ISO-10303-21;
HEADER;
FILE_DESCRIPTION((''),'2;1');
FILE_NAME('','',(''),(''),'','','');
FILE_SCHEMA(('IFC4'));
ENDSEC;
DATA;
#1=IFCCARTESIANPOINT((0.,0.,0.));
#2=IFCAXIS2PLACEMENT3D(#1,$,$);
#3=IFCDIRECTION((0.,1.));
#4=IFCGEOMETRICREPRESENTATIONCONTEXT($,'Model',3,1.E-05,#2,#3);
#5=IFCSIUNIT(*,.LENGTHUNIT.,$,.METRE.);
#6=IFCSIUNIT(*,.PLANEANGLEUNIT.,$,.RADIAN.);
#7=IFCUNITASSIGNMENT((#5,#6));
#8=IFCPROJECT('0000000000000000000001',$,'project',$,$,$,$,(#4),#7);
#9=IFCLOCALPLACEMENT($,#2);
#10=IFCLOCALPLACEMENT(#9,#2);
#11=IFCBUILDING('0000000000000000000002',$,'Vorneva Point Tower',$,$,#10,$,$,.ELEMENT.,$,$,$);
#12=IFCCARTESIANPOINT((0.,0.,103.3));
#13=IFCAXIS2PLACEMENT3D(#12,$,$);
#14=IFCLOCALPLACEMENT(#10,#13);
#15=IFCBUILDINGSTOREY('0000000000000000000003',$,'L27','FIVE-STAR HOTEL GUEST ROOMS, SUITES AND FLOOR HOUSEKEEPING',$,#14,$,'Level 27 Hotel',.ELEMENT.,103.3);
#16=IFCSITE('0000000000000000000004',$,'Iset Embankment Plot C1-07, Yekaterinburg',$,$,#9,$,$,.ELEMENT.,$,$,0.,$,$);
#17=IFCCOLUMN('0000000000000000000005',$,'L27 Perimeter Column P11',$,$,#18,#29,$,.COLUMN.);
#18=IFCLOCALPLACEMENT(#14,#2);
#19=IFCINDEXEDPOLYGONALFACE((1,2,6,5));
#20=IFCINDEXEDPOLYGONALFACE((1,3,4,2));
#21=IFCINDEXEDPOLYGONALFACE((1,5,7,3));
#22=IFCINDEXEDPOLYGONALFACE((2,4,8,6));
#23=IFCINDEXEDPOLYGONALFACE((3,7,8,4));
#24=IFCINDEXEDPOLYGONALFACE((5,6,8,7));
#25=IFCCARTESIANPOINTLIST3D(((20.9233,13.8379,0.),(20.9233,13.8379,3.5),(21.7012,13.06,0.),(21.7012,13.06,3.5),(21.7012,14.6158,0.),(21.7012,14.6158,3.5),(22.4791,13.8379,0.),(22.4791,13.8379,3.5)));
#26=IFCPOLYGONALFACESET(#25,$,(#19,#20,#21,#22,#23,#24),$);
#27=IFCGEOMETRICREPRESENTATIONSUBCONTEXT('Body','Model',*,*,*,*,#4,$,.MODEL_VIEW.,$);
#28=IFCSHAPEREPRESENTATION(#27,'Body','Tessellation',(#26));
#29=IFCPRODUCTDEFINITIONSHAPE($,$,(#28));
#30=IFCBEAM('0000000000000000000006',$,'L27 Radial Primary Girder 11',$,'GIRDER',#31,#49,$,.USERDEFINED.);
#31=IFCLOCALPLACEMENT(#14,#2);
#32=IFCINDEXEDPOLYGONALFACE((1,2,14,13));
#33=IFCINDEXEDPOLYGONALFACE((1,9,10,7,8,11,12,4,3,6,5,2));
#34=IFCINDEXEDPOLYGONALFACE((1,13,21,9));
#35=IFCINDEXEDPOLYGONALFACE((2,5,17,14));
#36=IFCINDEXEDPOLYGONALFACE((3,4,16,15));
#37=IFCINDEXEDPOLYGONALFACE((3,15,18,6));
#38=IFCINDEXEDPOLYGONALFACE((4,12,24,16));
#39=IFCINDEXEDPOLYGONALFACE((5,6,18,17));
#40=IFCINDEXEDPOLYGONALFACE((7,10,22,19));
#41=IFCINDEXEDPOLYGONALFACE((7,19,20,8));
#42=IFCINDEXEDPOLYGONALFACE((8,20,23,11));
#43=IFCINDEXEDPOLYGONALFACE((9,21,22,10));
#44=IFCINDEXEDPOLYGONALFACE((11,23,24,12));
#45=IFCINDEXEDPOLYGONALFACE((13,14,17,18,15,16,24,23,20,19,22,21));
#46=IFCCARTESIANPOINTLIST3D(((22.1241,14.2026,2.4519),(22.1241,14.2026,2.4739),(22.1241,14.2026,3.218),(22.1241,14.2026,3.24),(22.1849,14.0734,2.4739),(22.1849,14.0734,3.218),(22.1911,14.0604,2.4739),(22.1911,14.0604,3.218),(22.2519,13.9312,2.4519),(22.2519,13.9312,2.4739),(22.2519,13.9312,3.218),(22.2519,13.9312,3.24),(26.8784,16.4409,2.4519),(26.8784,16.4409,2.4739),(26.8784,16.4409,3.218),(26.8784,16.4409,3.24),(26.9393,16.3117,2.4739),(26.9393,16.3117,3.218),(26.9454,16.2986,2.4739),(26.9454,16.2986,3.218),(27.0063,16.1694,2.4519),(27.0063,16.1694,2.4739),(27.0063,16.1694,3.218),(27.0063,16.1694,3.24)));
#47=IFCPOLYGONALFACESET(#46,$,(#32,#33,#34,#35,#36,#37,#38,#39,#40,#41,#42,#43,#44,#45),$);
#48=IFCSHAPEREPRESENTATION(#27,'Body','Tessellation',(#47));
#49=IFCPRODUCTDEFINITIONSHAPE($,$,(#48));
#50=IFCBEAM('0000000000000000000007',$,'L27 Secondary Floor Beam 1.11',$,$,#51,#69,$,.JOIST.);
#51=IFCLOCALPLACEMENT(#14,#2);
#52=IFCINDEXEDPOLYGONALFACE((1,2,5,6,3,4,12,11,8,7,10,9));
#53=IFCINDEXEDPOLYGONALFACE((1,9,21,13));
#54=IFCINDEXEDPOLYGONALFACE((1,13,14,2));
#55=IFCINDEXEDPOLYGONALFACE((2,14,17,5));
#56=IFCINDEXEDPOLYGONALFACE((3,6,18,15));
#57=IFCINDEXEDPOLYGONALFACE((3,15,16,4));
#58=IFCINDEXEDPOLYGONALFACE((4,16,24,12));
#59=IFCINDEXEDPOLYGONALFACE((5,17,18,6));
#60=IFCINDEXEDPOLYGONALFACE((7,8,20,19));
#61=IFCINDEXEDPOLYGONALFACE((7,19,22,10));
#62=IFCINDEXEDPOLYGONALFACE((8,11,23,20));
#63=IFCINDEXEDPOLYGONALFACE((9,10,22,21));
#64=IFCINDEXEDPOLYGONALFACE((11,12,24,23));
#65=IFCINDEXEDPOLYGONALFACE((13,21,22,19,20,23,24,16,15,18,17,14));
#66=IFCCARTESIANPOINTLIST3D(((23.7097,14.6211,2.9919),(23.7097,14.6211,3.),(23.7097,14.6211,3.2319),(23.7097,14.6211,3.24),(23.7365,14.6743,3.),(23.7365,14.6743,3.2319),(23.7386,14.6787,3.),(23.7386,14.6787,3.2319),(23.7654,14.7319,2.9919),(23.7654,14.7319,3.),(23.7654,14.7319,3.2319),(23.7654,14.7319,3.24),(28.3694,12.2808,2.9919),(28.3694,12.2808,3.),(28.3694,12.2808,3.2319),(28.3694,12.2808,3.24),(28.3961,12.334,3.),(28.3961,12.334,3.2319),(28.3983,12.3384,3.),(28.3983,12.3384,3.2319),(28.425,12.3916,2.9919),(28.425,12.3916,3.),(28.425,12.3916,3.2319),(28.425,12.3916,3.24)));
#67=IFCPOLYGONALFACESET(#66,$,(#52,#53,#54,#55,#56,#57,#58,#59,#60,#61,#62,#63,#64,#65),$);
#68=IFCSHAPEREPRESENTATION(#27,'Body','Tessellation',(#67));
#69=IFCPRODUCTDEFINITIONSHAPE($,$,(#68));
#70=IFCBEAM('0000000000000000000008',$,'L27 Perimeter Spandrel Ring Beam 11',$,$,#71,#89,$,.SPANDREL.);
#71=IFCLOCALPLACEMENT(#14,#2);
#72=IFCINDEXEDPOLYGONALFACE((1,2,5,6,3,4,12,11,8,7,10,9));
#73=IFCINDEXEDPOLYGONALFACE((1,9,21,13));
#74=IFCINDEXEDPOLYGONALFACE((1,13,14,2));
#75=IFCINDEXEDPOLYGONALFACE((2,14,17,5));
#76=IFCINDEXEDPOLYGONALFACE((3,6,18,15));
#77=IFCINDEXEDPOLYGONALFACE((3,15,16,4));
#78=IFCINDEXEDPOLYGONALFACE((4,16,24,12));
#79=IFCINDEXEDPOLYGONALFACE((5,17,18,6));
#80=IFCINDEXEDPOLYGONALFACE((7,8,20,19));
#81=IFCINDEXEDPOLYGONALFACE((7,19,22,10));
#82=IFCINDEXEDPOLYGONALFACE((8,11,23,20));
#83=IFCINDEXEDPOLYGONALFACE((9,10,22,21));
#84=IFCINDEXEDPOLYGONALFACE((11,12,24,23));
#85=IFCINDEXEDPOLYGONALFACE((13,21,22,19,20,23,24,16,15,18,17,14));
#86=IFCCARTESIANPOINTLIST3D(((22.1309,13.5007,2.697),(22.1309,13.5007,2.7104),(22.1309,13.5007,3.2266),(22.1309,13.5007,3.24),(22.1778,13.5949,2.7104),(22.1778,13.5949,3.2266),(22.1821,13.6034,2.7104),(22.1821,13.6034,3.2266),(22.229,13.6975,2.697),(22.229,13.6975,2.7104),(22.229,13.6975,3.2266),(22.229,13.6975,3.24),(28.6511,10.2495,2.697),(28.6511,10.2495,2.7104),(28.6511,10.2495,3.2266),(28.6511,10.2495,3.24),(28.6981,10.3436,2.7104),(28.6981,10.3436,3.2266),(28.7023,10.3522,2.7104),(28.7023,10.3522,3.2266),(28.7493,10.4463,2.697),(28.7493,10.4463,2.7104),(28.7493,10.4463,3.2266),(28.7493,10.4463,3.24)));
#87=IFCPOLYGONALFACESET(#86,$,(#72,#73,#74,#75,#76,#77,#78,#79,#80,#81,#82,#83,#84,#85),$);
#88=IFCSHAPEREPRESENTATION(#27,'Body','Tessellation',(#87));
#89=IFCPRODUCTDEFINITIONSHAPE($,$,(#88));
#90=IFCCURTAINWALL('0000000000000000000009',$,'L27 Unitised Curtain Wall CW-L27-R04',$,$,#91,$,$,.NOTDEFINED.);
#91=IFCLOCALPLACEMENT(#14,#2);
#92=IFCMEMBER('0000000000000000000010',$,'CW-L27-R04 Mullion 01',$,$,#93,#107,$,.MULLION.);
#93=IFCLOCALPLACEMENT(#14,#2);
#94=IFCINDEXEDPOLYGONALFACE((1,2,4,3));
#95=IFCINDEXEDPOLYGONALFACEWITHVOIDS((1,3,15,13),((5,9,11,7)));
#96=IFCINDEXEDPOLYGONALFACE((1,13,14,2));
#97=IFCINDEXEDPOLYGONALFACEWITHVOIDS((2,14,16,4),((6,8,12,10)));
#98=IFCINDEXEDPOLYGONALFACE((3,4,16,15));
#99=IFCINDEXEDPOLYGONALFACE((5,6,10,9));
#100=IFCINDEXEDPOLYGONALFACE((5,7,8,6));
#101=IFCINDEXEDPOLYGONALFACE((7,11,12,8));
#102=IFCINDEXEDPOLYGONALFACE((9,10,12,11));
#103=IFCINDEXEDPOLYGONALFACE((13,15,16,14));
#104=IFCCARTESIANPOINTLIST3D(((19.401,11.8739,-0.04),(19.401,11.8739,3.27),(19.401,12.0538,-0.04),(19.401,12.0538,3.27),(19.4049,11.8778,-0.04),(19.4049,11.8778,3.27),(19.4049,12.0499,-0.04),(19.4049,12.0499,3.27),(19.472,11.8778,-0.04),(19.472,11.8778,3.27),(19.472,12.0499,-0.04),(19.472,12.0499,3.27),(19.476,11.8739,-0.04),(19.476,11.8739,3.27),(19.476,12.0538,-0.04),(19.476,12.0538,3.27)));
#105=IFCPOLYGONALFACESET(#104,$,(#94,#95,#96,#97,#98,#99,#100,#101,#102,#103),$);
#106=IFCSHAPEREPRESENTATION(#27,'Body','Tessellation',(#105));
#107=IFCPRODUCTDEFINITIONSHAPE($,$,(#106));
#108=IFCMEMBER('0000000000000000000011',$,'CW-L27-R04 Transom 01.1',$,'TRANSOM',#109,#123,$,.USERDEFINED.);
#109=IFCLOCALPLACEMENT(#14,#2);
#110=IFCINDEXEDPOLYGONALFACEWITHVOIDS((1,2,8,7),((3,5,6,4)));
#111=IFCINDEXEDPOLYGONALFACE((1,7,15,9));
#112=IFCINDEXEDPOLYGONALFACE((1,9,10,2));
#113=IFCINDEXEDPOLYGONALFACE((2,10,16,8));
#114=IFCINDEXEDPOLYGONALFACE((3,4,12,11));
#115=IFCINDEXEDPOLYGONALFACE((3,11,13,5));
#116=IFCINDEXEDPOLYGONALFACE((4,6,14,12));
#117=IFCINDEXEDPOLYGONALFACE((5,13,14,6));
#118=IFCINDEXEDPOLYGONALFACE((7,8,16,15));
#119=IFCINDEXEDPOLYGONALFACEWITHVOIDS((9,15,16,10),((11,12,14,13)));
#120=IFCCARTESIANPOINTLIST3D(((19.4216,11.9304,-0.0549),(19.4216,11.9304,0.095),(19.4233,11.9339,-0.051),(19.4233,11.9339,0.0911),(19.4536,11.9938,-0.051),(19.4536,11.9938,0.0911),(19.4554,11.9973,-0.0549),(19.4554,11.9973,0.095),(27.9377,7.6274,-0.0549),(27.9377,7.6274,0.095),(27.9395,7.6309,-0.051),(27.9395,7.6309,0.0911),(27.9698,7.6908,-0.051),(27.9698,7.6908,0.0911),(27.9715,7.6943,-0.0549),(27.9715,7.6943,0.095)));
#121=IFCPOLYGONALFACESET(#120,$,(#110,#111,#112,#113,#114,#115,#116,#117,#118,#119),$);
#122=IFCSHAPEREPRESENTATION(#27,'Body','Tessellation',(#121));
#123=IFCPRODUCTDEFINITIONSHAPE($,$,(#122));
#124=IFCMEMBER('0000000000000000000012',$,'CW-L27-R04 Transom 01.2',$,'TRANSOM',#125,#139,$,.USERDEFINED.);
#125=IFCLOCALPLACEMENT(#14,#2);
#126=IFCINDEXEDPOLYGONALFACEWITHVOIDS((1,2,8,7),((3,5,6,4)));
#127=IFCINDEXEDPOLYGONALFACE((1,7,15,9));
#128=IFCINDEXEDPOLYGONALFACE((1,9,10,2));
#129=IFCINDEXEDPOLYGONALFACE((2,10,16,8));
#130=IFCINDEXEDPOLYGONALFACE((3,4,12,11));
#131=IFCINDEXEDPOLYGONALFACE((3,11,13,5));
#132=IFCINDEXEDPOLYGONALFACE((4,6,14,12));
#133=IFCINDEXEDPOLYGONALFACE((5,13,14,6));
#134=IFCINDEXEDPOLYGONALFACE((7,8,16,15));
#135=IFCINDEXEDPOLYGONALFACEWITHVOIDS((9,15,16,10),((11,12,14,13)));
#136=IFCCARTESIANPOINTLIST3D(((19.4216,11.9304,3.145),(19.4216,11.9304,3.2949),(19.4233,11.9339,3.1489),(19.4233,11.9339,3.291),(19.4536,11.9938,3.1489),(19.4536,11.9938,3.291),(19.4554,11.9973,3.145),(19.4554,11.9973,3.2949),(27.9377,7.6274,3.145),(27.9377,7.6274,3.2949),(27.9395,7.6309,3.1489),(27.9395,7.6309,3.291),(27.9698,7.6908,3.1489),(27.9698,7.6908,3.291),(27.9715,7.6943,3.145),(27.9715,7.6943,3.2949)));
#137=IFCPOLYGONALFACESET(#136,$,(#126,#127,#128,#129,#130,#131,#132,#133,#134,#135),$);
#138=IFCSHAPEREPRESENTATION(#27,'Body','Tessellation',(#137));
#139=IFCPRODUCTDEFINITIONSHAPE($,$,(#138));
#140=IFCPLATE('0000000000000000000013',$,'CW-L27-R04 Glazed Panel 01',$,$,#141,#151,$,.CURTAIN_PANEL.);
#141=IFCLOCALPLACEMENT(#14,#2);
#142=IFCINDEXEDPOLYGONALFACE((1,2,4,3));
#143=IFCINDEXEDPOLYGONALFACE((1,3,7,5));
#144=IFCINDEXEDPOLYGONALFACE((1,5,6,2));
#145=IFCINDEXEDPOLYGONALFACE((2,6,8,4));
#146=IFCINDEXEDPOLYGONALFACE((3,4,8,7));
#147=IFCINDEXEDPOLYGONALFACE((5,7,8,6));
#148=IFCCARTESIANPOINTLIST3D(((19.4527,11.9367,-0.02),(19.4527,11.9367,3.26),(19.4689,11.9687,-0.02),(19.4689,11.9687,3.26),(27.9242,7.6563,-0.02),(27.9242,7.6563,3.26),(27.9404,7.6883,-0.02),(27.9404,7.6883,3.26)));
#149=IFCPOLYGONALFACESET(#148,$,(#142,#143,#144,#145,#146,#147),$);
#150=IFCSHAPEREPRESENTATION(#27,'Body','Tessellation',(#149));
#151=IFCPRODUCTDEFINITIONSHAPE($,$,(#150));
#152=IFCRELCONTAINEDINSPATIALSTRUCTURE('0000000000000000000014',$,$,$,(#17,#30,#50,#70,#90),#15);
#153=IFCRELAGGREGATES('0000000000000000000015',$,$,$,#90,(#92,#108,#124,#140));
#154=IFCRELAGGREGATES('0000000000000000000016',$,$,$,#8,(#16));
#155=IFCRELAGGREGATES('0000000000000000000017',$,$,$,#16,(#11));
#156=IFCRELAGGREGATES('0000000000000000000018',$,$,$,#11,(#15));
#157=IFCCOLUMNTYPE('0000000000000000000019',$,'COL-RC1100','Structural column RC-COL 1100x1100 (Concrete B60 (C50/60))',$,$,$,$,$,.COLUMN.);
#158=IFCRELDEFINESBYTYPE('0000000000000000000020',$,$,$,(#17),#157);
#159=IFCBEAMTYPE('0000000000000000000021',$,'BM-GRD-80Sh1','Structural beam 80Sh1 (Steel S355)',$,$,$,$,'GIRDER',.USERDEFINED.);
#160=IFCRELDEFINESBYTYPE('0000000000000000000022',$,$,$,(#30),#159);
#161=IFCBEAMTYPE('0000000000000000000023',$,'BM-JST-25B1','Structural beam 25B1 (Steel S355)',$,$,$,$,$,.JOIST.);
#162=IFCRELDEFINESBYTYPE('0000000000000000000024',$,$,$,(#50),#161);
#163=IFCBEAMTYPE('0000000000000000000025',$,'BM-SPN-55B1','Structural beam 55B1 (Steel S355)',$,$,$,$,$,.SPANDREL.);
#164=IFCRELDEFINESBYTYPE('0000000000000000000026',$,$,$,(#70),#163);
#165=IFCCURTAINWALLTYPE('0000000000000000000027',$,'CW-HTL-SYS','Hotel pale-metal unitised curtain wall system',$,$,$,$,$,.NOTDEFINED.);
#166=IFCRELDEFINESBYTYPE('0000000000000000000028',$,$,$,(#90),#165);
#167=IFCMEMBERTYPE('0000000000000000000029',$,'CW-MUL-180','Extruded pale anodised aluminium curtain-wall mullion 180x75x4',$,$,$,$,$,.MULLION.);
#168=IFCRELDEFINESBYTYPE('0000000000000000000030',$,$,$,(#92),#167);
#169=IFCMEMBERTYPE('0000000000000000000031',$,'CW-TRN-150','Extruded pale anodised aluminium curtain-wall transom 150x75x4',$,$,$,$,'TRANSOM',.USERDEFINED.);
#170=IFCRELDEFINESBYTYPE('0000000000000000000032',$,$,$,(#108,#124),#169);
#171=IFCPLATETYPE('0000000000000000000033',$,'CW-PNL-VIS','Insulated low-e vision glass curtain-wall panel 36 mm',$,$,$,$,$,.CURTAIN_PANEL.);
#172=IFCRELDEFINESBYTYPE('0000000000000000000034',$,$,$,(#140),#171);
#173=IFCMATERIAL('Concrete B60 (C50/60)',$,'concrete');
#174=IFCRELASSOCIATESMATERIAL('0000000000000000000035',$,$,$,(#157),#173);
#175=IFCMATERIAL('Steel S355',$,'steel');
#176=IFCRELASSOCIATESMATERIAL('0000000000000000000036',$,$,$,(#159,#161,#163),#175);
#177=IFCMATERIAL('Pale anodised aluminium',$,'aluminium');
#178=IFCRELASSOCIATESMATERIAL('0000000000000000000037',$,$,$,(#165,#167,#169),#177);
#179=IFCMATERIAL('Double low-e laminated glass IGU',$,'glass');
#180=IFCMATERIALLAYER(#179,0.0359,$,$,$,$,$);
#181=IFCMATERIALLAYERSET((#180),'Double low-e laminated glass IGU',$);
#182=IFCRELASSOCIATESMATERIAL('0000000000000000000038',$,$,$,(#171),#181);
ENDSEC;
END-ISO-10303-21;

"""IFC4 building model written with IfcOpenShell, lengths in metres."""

from ifc_helpers import new_model, si_unit, direction, frame, origin, origin_2d, place, context, subcontext, project, spatial, rectangle, hollow_rectangle, i_section, extrude, material, layer, layer_set, material_profile, profile_set, type_object, element, aggregate, save


model = new_model("IFC4")

# Units and contexts
model_context = context("Model", 3, precision=1e-05, world=origin(), true_north=direction((0.0, 1.0)))
body_context = subcontext(model_context, "Body", "Model", "MODEL_VIEW")
ifc_project = project(units=[si_unit("LENGTHUNIT", "METRE"), si_unit("PLANEANGLEUNIT", "RADIAN")], contexts=[model_context])

# Site, building, storey
site_placement = place(None, origin())
site = spatial("IfcSite", under=ifc_project, at=site_placement, Name="Iset Embankment Plot C1-07, Yekaterinburg", CompositionType="ELEMENT", RefElevation=0.0)
building_placement = place(site_placement, origin())
building = spatial("IfcBuilding", under=site, at=building_placement, Name="Vorneva Point Tower", CompositionType="ELEMENT")
storey_placement = place(building_placement, frame((0.0, 0.0, 103.3)))
storey = spatial("IfcBuildingStorey", under=building, at=storey_placement, Name="L27", Description="FIVE-STAR HOTEL GUEST ROOMS, SUITES AND FLOOR HOUSEKEEPING", LongName="Level 27 Hotel", CompositionType="ELEMENT", Elevation=103.3)

# Column
ifc_material_1 = material(Name="Concrete B60 (C50/60)", Category="concrete")
ifc_material_profile_1 = material_profile(ifc_material_1, rectangle(XDim=1.1001, YDim=1.1001, at=origin_2d()), Name="RC-COL 1100x1100")
ifc_profile_set_1 = profile_set([ifc_material_profile_1], Name="Concrete B60 (C50/60)")
column_type = type_object("IfcColumnType", Name="COL-RC1100", Description="Structural column RC-COL 1100x1100 (Concrete B60 (C50/60))", PredefinedType="COLUMN", material=ifc_profile_set_1)
column_placement = place(storey_placement, frame((21.7012, 13.8379, 0.0), z_axis=(0.0, 0.0, 1.0), x_axis=(-0.707107, -0.707107, 0.0)))
element("IfcColumn", 1, at=column_placement, inside=storey, type_object=column_type, Name="L27 Perimeter Column P11", PredefinedType="COLUMN", context=body_context, shape_type="SweptSolid", body=[
    extrude(rectangle(XDim=1.1001, YDim=1.1001, at=origin_2d()), origin(), (0.0, 0.0, 1.0), 3.5),
])

# Beams
ifc_material_2 = material(Name="Steel S355", Category="steel")
ifc_material_profile_2 = material_profile(ifc_material_2, i_section(OverallWidth=0.3, OverallDepth=0.7881, WebThickness=0.0144, FlangeThickness=0.022, at=origin_2d()), Name="80Sh1")
ifc_profile_set_2 = profile_set([ifc_material_profile_2], Name="Steel S355")
beam_type_1 = type_object("IfcBeamType", Name="BM-GRD-80Sh1", Description="Structural beam 80Sh1 (Steel S355)", ElementType="GIRDER", PredefinedType="USERDEFINED", material=ifc_profile_set_2)
beam_1_placement = place(storey_placement, frame((22.188, 14.0669, 2.8459), z_axis=(0.904751, 0.42594, 0.0), x_axis=(-0.42594, 0.904751, 0.0)))
element("IfcBeam", 2, at=beam_1_placement, inside=storey, type_object=beam_type_1, Name="L27 Radial Primary Girder 11", ObjectType="GIRDER", PredefinedType="USERDEFINED", context=body_context, shape_type="SweptSolid", body=[
    extrude(i_section(OverallWidth=0.3, OverallDepth=0.7881, WebThickness=0.0144, FlangeThickness=0.022, at=origin_2d()), origin(), (0.0, 0.0, 1.0), 5.2549),
])
ifc_material_profile_3 = material_profile(ifc_material_2, i_section(OverallWidth=0.124, OverallDepth=0.248, WebThickness=0.0049, FlangeThickness=0.0081, at=origin_2d()), Name="25B1")
ifc_profile_set_3 = profile_set([ifc_material_profile_3], Name="Steel S355")
beam_type_2 = type_object("IfcBeamType", Name="BM-JST-25B1", Description="Structural beam 25B1 (Steel S355)", PredefinedType="JOIST", material=ifc_profile_set_3)
beam_2_placement = place(storey_placement, frame((23.7375, 14.6765, 3.116), z_axis=(0.89362, -0.448824, 0.0), x_axis=(0.448824, 0.89362, 0.0)))
element("IfcBeam", 3, at=beam_2_placement, inside=storey, type_object=beam_type_2, Name="L27 Secondary Floor Beam 1.11", PredefinedType="JOIST", context=body_context, shape_type="SweptSolid", body=[
    extrude(i_section(OverallWidth=0.124, OverallDepth=0.248, WebThickness=0.0049, FlangeThickness=0.0081, at=origin_2d()), origin(), (0.0, 0.0, 1.0), 5.2144),
])
ifc_material_profile_4 = material_profile(ifc_material_2, i_section(OverallWidth=0.22, OverallDepth=0.543, WebThickness=0.0095, FlangeThickness=0.0134, at=origin_2d()), Name="55B1")
ifc_profile_set_4 = profile_set([ifc_material_profile_4], Name="Steel S355")
beam_type_3 = type_object("IfcBeamType", Name="BM-SPN-55B1", Description="Structural beam 55B1 (Steel S355)", PredefinedType="SPANDREL", material=ifc_profile_set_4)
beam_3_placement = place(storey_placement, frame((22.1799, 13.5991, 2.9685), z_axis=(0.894916, -0.446235, 0.0), x_axis=(0.446235, 0.894916, 0.0)))
element("IfcBeam", 4, at=beam_3_placement, inside=storey, type_object=beam_type_3, Name="L27 Perimeter Spandrel Ring Beam 11", PredefinedType="SPANDREL", context=body_context, shape_type="SweptSolid", body=[
    extrude(i_section(OverallWidth=0.22, OverallDepth=0.543, WebThickness=0.0095, FlangeThickness=0.0134, at=origin_2d()), origin(), (0.0, 0.0, 1.0), 7.2859),
])

# Curtain wall, members, plate
ifc_material_3 = material(Name="Pale anodised aluminium", Category="aluminium")
curtain_wall_type = type_object("IfcCurtainWallType", Name="CW-HTL-SYS", Description="Hotel pale-metal unitised curtain wall system", PredefinedType="NOTDEFINED", material=ifc_material_3)
curtain_wall_placement = place(storey_placement, origin())
curtain_wall = element("IfcCurtainWall", 5, at=curtain_wall_placement, inside=storey, type_object=curtain_wall_type, Name="L27 Unitised Curtain Wall CW-L27-R04", PredefinedType="NOTDEFINED")
ifc_material_profile_5 = material_profile(ifc_material_3, hollow_rectangle(XDim=0.075, YDim=0.1799, WallThickness=0.0039, at=origin_2d()), Name="AL-MUL 180x75x4")
ifc_profile_set_5 = profile_set([ifc_material_profile_5], Name="Pale anodised aluminium")
member_type_1 = type_object("IfcMemberType", Name="CW-MUL-180", Description="Extruded pale anodised aluminium curtain-wall mullion 180x75x4", PredefinedType="MULLION", material=ifc_profile_set_5)
member_1_placement = place(storey_placement, frame((19.4385, 11.9639, -0.04), z_axis=(0.0, 0.0, 1.0), x_axis=(1.0, 0.0, 0.0)))
member_1 = element("IfcMember", 6, at=member_1_placement, type_object=member_type_1, Name="CW-L27-R04 Mullion 01", PredefinedType="MULLION", context=body_context, shape_type="SweptSolid", body=[
    extrude(hollow_rectangle(XDim=0.075, YDim=0.1799, WallThickness=0.0039, at=origin_2d()), origin(), (0.0, 0.0, 1.0), 3.3101),
])
ifc_material_profile_6 = material_profile(ifc_material_3, hollow_rectangle(XDim=0.075, YDim=0.1499, WallThickness=0.0039, at=origin_2d()), Name="AL-TRN 150x75x4")
ifc_profile_set_6 = profile_set([ifc_material_profile_6], Name="Pale anodised aluminium")
member_type_2 = type_object("IfcMemberType", Name="CW-TRN-150", Description="Extruded pale anodised aluminium curtain-wall transom 150x75x4", ElementType="TRANSOM", PredefinedType="USERDEFINED", material=ifc_profile_set_6)
member_2_placement = place(storey_placement, frame((19.4385, 11.9639, 0.02), z_axis=(0.892536, -0.450976, 0.0), x_axis=(0.450976, 0.892536, 0.0)))
member_2 = element("IfcMember", 7, at=member_2_placement, type_object=member_type_2, Name="CW-L27-R04 Transom 01.1", ObjectType="TRANSOM", PredefinedType="USERDEFINED", context=body_context, shape_type="SweptSolid", body=[
    extrude(hollow_rectangle(XDim=0.075, YDim=0.1499, WallThickness=0.0039, at=origin_2d()), origin(), (0.0, 0.0, 1.0), 9.5415),
])
member_3_placement = place(storey_placement, frame((19.4385, 11.9639, 3.22), z_axis=(0.892536, -0.450976, 0.0), x_axis=(0.450976, 0.892536, 0.0)))
member_3 = element("IfcMember", 8, at=member_3_placement, type_object=member_type_2, Name="CW-L27-R04 Transom 01.2", ObjectType="TRANSOM", PredefinedType="USERDEFINED", context=body_context, shape_type="SweptSolid", body=[
    extrude(hollow_rectangle(XDim=0.075, YDim=0.1499, WallThickness=0.0039, at=origin_2d()), origin(), (0.0, 0.0, 1.0), 9.5415),
])
ifc_material_4 = material(Name="Double low-e laminated glass IGU", Category="glass")
ifc_layer_1 = layer(ifc_material_4, 0.0359)
ifc_layer_set_1 = layer_set([ifc_layer_1], Name="Double low-e laminated glass IGU")
plate_type = type_object("IfcPlateType", Name="CW-PNL-VIS", Description="Insulated low-e vision glass curtain-wall panel 36 mm", PredefinedType="CURTAIN_PANEL", material=ifc_layer_set_1)
plate_placement = place(storey_placement, frame((23.6965, 9.8125, -0.02), z_axis=(0.0, 0.0, 1.0), x_axis=(0.892539, -0.450971, 0.0)))
plate = element("IfcPlate", 9, at=plate_placement, type_object=plate_type, Name="CW-L27-R04 Glazed Panel 01", PredefinedType="CURTAIN_PANEL", context=body_context, shape_type="SweptSolid", body=[
    extrude(rectangle(XDim=9.4915, YDim=0.0359, at=origin_2d()), origin(), (0.0, 0.0, 1.0), 3.28),
])
aggregate(curtain_wall, [member_1, member_2, member_3, plate])

save(model, "model.ifc")
